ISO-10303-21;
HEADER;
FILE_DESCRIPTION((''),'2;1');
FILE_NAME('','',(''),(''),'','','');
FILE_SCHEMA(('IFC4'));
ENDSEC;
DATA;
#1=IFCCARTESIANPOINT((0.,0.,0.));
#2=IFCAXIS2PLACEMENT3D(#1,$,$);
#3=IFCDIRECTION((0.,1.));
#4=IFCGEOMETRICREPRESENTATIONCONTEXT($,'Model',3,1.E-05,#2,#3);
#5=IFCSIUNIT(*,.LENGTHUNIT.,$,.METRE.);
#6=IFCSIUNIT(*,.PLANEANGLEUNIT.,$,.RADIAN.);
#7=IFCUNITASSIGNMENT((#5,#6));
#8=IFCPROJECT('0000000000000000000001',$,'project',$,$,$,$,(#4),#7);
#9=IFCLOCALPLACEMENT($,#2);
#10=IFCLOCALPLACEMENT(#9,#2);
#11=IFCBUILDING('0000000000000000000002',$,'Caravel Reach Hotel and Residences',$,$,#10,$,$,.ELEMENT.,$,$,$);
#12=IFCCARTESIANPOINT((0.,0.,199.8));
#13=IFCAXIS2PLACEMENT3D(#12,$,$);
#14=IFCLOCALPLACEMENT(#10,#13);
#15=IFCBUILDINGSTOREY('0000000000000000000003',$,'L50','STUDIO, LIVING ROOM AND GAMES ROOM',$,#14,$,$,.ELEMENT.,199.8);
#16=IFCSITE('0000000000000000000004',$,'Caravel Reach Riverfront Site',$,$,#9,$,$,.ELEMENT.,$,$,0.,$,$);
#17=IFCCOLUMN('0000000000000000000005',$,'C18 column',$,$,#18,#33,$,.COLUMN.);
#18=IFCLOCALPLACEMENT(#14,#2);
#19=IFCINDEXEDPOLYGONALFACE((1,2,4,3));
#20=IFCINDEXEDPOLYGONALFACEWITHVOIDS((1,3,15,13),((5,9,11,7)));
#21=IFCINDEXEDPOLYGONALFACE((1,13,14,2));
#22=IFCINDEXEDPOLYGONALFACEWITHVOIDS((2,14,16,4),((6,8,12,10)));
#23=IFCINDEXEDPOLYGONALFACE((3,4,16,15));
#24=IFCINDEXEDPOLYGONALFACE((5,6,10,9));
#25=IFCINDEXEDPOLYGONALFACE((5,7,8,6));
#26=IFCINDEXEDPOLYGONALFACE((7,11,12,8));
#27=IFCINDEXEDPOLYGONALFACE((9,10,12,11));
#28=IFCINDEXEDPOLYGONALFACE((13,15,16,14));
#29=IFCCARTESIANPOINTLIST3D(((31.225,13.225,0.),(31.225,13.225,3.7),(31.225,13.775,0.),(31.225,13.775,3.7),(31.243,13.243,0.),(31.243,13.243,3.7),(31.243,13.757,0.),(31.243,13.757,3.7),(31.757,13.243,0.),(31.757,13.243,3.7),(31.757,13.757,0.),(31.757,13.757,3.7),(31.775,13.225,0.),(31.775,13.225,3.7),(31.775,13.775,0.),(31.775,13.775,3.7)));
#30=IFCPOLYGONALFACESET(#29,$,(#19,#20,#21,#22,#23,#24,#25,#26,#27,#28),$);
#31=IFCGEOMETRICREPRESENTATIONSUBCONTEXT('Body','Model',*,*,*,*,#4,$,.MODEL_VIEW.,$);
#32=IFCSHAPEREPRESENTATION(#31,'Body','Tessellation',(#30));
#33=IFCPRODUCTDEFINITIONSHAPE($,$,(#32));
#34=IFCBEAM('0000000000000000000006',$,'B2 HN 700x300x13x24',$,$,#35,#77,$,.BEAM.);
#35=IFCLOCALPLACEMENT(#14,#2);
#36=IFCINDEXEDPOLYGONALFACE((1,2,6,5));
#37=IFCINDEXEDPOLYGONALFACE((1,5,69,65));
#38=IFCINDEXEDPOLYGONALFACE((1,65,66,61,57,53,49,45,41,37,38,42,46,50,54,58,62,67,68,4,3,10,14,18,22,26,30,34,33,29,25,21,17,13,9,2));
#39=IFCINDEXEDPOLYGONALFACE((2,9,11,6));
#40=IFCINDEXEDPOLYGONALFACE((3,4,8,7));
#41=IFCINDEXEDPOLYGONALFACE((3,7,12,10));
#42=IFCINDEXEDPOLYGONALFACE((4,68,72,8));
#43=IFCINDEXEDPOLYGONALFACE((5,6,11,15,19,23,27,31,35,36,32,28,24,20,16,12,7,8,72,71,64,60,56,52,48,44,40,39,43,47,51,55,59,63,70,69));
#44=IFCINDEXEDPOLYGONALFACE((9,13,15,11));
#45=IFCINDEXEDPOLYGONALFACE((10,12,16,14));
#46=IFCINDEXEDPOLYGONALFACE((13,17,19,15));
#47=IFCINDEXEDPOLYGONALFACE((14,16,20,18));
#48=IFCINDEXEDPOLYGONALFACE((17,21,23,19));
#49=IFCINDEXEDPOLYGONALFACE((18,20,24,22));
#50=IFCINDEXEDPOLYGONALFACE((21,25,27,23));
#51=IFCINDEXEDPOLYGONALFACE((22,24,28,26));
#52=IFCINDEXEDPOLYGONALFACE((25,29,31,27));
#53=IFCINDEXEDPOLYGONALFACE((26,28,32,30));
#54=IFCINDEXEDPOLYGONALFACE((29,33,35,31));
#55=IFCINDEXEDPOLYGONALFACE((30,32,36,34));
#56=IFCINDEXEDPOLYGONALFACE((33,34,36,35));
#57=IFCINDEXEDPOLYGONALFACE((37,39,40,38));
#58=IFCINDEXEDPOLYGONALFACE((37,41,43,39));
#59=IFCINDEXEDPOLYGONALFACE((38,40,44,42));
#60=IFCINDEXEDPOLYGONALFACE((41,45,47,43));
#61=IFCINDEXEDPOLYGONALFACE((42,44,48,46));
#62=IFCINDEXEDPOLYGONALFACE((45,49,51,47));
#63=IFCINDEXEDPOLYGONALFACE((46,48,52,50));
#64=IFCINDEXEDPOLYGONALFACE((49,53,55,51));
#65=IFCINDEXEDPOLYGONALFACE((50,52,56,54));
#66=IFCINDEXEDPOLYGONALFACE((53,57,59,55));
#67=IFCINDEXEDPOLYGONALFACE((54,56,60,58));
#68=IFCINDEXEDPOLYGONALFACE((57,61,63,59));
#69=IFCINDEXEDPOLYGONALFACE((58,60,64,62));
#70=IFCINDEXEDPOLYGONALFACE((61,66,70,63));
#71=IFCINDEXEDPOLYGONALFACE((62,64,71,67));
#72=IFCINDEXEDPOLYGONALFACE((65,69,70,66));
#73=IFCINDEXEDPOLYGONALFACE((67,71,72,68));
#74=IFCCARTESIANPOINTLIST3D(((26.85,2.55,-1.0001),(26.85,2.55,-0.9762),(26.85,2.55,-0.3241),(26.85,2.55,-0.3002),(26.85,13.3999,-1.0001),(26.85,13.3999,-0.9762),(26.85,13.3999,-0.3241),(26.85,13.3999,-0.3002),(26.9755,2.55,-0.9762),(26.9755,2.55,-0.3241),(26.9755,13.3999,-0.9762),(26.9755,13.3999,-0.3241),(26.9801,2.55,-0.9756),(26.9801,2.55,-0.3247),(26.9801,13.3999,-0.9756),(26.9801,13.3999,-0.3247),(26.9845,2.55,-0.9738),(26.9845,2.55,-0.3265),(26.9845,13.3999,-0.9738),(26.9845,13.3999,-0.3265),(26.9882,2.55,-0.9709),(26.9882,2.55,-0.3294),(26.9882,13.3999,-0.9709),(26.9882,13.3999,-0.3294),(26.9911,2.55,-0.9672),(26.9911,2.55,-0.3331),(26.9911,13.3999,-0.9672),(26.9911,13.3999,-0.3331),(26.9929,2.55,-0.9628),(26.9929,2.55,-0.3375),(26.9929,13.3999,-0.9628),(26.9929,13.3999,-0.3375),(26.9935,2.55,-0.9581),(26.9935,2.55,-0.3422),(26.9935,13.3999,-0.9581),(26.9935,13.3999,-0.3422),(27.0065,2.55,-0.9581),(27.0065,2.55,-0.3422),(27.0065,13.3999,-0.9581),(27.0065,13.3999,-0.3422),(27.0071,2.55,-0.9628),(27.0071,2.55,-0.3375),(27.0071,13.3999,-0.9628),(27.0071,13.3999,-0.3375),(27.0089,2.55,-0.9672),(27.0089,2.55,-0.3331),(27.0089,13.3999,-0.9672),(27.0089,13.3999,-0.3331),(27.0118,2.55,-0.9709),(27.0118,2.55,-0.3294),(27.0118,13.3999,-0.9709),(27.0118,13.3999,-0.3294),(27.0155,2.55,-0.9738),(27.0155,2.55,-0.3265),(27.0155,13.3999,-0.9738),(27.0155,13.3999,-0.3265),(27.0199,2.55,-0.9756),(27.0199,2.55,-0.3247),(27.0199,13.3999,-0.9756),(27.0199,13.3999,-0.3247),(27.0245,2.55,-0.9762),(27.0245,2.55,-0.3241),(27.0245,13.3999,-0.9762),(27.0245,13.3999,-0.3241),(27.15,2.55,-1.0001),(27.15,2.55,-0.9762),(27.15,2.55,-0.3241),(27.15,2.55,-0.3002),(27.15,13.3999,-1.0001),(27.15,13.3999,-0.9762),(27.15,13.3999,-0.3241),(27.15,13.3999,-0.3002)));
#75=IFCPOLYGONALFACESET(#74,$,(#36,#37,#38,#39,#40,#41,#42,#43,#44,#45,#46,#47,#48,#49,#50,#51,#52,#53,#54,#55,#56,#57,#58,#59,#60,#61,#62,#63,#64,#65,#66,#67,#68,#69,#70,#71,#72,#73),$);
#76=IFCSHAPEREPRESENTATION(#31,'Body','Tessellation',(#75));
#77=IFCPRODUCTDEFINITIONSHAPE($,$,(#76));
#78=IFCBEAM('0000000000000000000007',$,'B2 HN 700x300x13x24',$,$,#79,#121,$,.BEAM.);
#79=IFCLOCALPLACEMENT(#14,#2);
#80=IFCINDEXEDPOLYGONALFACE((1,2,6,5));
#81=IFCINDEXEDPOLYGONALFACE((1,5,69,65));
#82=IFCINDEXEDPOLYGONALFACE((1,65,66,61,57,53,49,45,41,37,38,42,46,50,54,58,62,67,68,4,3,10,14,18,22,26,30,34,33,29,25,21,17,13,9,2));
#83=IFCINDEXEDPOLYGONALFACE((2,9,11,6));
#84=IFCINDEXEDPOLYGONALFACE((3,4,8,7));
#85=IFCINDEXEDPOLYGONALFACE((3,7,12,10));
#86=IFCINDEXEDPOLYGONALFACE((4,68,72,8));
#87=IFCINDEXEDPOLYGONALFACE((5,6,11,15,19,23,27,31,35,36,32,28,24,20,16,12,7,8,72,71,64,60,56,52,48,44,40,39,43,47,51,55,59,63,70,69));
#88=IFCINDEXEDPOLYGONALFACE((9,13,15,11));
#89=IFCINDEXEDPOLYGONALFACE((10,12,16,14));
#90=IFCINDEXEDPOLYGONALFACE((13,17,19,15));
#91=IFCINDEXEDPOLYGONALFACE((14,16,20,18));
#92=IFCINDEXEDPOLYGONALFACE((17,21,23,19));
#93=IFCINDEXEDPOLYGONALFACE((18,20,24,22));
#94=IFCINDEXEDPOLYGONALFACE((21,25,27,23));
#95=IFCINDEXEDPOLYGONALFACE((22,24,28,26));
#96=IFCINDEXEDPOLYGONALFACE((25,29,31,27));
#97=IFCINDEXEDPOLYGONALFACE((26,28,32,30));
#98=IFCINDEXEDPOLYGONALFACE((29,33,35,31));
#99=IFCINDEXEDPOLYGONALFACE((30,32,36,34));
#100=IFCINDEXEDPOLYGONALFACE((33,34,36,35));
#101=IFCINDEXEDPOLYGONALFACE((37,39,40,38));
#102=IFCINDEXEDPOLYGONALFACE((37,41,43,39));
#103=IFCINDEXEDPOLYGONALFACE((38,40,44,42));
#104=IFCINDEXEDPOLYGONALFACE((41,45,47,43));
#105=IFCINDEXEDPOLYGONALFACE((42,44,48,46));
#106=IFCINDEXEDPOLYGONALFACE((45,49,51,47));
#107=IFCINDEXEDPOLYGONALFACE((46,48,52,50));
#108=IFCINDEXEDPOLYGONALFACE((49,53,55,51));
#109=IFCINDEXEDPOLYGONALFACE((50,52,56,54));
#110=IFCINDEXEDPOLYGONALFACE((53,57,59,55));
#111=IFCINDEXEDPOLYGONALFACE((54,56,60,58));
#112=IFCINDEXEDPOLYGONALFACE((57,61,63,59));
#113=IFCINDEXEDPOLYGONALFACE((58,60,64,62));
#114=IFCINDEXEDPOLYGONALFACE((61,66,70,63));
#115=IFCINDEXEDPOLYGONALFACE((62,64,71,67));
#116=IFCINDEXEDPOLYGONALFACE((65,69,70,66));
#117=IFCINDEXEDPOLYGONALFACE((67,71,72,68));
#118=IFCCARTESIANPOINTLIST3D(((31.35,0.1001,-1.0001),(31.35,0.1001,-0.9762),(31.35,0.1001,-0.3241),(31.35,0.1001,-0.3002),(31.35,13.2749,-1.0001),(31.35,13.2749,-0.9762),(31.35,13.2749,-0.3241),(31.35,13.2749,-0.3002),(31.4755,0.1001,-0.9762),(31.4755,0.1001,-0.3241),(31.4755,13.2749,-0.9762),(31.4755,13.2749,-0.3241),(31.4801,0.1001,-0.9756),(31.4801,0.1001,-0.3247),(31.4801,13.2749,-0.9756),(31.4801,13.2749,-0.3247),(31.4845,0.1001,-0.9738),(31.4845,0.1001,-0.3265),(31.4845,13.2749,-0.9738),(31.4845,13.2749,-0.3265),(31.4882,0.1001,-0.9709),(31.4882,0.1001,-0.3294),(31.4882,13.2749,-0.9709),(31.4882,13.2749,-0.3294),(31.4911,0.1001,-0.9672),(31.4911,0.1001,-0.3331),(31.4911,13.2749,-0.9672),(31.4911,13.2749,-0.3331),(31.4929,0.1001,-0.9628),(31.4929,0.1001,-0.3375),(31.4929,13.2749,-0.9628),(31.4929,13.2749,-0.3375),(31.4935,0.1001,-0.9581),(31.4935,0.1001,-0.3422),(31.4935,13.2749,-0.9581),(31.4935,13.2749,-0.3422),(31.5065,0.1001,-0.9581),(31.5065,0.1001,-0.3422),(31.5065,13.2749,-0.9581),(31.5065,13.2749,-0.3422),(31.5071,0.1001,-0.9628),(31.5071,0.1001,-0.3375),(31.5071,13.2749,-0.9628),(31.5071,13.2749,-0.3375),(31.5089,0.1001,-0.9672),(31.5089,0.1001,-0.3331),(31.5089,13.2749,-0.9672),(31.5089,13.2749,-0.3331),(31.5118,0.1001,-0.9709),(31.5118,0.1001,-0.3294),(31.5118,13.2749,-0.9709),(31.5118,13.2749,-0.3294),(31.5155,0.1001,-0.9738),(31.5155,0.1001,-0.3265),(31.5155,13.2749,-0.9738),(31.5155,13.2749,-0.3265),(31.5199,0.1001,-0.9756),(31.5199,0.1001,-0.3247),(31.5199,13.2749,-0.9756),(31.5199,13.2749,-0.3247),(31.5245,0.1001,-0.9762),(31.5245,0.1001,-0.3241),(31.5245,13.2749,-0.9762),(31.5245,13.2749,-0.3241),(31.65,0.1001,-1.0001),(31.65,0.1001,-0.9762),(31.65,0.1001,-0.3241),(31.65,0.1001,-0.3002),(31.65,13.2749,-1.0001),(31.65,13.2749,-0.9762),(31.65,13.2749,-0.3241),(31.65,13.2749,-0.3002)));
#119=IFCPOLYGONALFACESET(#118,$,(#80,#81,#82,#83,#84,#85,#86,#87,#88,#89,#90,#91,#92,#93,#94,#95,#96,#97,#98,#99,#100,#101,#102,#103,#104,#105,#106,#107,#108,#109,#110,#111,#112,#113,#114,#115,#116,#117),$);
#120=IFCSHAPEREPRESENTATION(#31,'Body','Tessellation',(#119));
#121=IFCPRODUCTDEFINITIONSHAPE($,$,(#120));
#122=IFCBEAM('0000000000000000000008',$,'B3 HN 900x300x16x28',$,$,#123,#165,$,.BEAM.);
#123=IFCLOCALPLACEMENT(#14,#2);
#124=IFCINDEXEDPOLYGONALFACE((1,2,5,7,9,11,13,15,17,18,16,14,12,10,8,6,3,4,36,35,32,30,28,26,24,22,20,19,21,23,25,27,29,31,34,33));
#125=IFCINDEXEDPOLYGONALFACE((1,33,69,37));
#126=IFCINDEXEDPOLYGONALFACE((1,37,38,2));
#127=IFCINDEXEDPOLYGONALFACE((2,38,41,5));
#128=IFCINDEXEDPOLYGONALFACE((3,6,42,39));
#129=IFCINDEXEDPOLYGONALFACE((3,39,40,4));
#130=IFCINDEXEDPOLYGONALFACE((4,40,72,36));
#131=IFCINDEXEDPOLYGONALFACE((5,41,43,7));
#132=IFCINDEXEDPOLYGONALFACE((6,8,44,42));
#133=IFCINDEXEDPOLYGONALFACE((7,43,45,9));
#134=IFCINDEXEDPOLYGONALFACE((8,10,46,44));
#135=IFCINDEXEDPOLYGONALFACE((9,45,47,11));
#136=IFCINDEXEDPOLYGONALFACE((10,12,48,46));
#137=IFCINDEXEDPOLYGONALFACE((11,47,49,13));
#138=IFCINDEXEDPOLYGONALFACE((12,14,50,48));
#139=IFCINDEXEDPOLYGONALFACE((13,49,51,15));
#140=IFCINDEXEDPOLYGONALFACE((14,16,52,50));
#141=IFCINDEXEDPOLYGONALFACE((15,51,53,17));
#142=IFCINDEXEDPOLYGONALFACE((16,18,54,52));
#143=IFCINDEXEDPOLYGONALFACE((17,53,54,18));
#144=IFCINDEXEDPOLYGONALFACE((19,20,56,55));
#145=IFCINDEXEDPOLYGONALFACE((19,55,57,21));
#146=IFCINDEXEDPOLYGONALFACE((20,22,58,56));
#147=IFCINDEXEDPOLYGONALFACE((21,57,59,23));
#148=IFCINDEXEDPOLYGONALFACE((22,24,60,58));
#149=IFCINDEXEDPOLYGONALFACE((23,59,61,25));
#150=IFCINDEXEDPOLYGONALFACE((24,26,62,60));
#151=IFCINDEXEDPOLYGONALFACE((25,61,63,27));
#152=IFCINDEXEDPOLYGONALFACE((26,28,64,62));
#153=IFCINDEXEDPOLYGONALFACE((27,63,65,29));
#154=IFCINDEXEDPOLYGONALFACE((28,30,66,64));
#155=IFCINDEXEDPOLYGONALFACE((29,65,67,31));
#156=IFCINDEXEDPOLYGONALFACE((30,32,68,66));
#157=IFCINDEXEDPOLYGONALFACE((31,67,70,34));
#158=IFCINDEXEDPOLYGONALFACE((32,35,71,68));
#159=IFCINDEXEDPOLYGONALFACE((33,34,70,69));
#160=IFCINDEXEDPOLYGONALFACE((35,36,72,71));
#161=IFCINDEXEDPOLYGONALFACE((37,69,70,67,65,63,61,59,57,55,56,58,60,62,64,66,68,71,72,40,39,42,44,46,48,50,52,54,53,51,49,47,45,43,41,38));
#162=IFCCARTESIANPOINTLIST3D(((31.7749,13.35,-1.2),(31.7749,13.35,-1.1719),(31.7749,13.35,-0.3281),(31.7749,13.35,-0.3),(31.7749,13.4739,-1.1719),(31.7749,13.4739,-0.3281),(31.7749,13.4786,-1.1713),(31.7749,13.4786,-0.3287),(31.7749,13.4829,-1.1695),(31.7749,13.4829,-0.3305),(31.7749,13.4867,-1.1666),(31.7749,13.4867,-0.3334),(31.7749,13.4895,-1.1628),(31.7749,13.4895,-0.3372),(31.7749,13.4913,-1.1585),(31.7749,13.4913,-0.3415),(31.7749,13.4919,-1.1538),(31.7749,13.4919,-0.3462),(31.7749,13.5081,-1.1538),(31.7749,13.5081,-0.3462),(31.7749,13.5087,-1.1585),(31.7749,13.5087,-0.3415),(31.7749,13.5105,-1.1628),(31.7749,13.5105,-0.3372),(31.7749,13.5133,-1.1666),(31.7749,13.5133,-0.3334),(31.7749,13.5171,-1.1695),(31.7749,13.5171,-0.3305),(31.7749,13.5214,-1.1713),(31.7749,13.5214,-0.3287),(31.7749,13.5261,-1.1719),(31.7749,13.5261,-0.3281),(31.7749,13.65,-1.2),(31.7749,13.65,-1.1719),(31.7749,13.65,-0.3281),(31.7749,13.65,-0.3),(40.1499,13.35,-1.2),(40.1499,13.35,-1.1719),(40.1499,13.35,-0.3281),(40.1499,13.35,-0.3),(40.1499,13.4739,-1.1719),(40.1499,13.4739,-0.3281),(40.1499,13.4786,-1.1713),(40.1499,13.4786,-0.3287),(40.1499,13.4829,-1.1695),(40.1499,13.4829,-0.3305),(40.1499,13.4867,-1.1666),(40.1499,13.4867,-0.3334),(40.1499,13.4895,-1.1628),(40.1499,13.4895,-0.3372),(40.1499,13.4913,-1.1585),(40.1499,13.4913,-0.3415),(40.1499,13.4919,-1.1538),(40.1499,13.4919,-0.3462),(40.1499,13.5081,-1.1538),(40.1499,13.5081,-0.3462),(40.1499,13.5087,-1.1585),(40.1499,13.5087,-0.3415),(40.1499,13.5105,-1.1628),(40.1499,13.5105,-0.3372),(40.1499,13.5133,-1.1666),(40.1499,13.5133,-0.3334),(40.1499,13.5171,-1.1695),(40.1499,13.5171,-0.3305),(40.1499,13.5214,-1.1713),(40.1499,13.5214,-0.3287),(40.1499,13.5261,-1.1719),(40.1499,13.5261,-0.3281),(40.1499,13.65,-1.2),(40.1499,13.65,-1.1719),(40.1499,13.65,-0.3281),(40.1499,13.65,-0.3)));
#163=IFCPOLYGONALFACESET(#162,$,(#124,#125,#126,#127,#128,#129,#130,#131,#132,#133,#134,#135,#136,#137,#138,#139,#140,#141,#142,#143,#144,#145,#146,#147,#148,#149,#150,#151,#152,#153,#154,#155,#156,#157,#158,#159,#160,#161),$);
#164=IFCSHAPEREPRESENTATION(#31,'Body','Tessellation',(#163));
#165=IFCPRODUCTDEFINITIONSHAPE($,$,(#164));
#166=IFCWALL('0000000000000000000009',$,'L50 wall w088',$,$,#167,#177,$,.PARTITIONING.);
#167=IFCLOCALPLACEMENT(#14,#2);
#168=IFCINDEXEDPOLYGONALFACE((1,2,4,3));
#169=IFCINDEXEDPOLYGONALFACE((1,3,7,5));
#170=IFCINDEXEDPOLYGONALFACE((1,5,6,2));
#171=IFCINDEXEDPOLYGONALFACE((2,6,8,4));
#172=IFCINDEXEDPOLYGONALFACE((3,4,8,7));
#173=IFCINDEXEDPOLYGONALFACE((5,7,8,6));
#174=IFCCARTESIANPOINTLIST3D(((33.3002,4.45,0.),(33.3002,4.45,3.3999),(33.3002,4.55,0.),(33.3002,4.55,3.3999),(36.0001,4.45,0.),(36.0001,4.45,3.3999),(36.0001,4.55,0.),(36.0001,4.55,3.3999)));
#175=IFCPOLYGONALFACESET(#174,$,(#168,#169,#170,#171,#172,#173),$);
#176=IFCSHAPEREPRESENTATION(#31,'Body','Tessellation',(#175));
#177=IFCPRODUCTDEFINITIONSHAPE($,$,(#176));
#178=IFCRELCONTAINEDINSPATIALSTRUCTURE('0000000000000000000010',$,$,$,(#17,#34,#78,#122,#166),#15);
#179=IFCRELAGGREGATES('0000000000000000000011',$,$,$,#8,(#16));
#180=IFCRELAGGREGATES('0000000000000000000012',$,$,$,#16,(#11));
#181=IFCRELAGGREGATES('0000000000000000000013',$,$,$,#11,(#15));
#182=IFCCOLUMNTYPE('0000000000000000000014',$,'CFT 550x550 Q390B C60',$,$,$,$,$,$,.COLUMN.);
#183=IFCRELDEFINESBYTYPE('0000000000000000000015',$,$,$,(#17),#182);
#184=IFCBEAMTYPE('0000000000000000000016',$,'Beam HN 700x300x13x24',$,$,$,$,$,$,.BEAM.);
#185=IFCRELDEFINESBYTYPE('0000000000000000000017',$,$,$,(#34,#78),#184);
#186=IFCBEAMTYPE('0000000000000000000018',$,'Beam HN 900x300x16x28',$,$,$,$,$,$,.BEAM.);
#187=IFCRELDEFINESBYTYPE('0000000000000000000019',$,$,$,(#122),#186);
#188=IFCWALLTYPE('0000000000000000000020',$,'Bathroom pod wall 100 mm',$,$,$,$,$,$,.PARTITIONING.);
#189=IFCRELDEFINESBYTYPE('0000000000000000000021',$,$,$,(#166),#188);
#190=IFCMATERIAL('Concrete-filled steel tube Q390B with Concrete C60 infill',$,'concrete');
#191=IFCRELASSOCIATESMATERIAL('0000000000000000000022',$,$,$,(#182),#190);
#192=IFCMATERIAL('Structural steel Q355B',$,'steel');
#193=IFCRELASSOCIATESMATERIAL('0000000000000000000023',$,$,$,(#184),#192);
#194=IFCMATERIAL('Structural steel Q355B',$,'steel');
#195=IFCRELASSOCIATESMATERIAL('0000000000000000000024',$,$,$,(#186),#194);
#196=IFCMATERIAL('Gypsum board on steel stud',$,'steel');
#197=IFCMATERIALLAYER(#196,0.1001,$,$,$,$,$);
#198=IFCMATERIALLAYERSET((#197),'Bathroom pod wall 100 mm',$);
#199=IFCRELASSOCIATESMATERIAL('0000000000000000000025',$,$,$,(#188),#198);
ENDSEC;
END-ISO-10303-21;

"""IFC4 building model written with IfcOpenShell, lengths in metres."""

from ifc_helpers import new_model, si_unit, direction, frame, frame_2d, origin, origin_2d, place, context, subcontext, project, spatial, rectangle, hollow_rectangle, i_section, extrude, material, layer, layer_set, material_profile, profile_set, type_object, element, save


model = new_model("IFC4")

# Units and contexts
model_context = context("Model", 3, precision=1e-05, world=origin(), true_north=direction((0.0, 1.0)))
body_context = subcontext(model_context, "Body", "Model", "MODEL_VIEW")
ifc_project = project(units=[si_unit("LENGTHUNIT", "METRE"), si_unit("PLANEANGLEUNIT", "RADIAN")], contexts=[model_context])

# Site, building, storey
site_placement = place(None, origin())
site = spatial("IfcSite", under=ifc_project, at=site_placement, Name="Caravel Reach Riverfront Site", CompositionType="ELEMENT", RefElevation=0.0)
building_placement = place(site_placement, origin())
building = spatial("IfcBuilding", under=site, at=building_placement, Name="Caravel Reach Hotel and Residences", CompositionType="ELEMENT")
storey_placement = place(building_placement, frame((0.0, 0.0, 199.8)))
storey = spatial("IfcBuildingStorey", under=building, at=storey_placement, Name="L50", Description="STUDIO, LIVING ROOM AND GAMES ROOM", CompositionType="ELEMENT", Elevation=199.8)

# Column
ifc_material_1 = material(Name="Concrete-filled steel tube Q390B with Concrete C60 infill", Category="concrete")
ifc_material_profile_1 = material_profile(ifc_material_1, hollow_rectangle(XDim=0.55, YDim=0.55, WallThickness=0.0181, at=origin_2d()), Name="RHS 550x550x18")
ifc_profile_set_1 = profile_set([ifc_material_profile_1], Name="Concrete-filled steel tube Q390B with Concrete C60 infill")
column_type = type_object("IfcColumnType", Name="CFT 550x550 Q390B C60", PredefinedType="COLUMN", material=ifc_profile_set_1)
column_placement = place(storey_placement, frame((31.5, 13.5, 0.0), z_axis=(0.0, 0.0, 1.0), x_axis=(1.0, 0.0, 0.0)))
element("IfcColumn", 1, at=column_placement, inside=storey, type_object=column_type, Name="C18 column", PredefinedType="COLUMN", context=body_context, shape_type="SweptSolid", body=[
    extrude(hollow_rectangle(XDim=0.55, YDim=0.55, WallThickness=0.0181, at=origin_2d()), origin(), (0.0, 0.0, 1.0), 3.7),
])

# Beams
ifc_material_2 = material(Name="Structural steel Q355B", Category="steel")
ifc_material_profile_2 = material_profile(ifc_material_2, i_section(OverallWidth=0.3, OverallDepth=0.7, WebThickness=0.0129, FlangeThickness=0.0239, FilletRadius=0.0181, at=origin_2d()), Name="HN 700x300x13x24")
ifc_profile_set_2 = profile_set([ifc_material_profile_2], Name="Structural steel Q355B")
beam_type_1 = type_object("IfcBeamType", Name="Beam HN 700x300x13x24", PredefinedType="BEAM", material=ifc_profile_set_2)
beam_1_placement = place(storey_placement, frame((27.0, 13.3999, -0.6501), z_axis=(0.0, -1.0, 0.0), x_axis=(1.0, 0.0, 0.0)))
element("IfcBeam", 2, at=beam_1_placement, inside=storey, type_object=beam_type_1, Name="B2 HN 700x300x13x24", PredefinedType="BEAM", context=body_context, shape_type="SweptSolid", body=[
    extrude(i_section(OverallWidth=0.3, OverallDepth=0.7, WebThickness=0.0129, FlangeThickness=0.0239, FilletRadius=0.0181, at=origin_2d()), origin(), (0.0, 0.0, 1.0), 10.8499),
])
beam_2_placement = place(storey_placement, frame((31.5, 13.2749, -0.6501), z_axis=(0.0, -1.0, 0.0), x_axis=(1.0, 0.0, 0.0)))
element("IfcBeam", 3, at=beam_2_placement, inside=storey, type_object=beam_type_1, Name="B2 HN 700x300x13x24", PredefinedType="BEAM", context=body_context, shape_type="SweptSolid", body=[
    extrude(i_section(OverallWidth=0.3, OverallDepth=0.7, WebThickness=0.0129, FlangeThickness=0.0239, FilletRadius=0.0181, at=origin_2d()), origin(), (0.0, 0.0, 1.0), 13.1748),
])
ifc_material_3 = material(Name="Structural steel Q355B", Category="steel")
ifc_material_profile_3 = material_profile(ifc_material_3, i_section(OverallWidth=0.3, OverallDepth=0.8999, WebThickness=0.0161, FlangeThickness=0.0281, FilletRadius=0.0181, at=origin_2d()), Name="HN 900x300x16x28")
ifc_profile_set_3 = profile_set([ifc_material_profile_3], Name="Structural steel Q355B")
beam_type_2 = type_object("IfcBeamType", Name="Beam HN 900x300x16x28", PredefinedType="BEAM", material=ifc_profile_set_3)
beam_3_placement = place(storey_placement, frame((31.7749, 13.5, -0.75), z_axis=(1.0, 0.0, 0.0), x_axis=(0.0, 1.0, 0.0)))
element("IfcBeam", 4, at=beam_3_placement, inside=storey, type_object=beam_type_2, Name="B3 HN 900x300x16x28", PredefinedType="BEAM", context=body_context, shape_type="SweptSolid", body=[
    extrude(i_section(OverallWidth=0.3, OverallDepth=0.8999, WebThickness=0.0161, FlangeThickness=0.0281, FilletRadius=0.0181, at=origin_2d()), origin(), (0.0, 0.0, 1.0), 8.375),
])

# Wall
ifc_material_4 = material(Name="Gypsum board on steel stud", Category="steel")
ifc_layer_1 = layer(ifc_material_4, 0.1001)
ifc_layer_set_1 = layer_set([ifc_layer_1], Name="Bathroom pod wall 100 mm")
wall_type_1 = type_object("IfcWallType", Name="Bathroom pod wall 100 mm", PredefinedType="PARTITIONING", material=ifc_layer_set_1)
wall_1_placement = place(storey_placement, frame((33.3, 4.5, 0.0), z_axis=(0.0, 0.0, 1.0), x_axis=(1.0, 0.0, 0.0)))
element("IfcWall", 5, at=wall_1_placement, inside=storey, type_object=wall_type_1, Name="L50 wall w088", PredefinedType="PARTITIONING", context=body_context, shape_type="SweptSolid", body=[
    extrude(rectangle(XDim=2.7, YDim=0.1001, at=frame_2d((1.3501, 0.0))), origin(), (0.0, 0.0, 1.0), 3.3999),
])

save(model, "model.ifc")
